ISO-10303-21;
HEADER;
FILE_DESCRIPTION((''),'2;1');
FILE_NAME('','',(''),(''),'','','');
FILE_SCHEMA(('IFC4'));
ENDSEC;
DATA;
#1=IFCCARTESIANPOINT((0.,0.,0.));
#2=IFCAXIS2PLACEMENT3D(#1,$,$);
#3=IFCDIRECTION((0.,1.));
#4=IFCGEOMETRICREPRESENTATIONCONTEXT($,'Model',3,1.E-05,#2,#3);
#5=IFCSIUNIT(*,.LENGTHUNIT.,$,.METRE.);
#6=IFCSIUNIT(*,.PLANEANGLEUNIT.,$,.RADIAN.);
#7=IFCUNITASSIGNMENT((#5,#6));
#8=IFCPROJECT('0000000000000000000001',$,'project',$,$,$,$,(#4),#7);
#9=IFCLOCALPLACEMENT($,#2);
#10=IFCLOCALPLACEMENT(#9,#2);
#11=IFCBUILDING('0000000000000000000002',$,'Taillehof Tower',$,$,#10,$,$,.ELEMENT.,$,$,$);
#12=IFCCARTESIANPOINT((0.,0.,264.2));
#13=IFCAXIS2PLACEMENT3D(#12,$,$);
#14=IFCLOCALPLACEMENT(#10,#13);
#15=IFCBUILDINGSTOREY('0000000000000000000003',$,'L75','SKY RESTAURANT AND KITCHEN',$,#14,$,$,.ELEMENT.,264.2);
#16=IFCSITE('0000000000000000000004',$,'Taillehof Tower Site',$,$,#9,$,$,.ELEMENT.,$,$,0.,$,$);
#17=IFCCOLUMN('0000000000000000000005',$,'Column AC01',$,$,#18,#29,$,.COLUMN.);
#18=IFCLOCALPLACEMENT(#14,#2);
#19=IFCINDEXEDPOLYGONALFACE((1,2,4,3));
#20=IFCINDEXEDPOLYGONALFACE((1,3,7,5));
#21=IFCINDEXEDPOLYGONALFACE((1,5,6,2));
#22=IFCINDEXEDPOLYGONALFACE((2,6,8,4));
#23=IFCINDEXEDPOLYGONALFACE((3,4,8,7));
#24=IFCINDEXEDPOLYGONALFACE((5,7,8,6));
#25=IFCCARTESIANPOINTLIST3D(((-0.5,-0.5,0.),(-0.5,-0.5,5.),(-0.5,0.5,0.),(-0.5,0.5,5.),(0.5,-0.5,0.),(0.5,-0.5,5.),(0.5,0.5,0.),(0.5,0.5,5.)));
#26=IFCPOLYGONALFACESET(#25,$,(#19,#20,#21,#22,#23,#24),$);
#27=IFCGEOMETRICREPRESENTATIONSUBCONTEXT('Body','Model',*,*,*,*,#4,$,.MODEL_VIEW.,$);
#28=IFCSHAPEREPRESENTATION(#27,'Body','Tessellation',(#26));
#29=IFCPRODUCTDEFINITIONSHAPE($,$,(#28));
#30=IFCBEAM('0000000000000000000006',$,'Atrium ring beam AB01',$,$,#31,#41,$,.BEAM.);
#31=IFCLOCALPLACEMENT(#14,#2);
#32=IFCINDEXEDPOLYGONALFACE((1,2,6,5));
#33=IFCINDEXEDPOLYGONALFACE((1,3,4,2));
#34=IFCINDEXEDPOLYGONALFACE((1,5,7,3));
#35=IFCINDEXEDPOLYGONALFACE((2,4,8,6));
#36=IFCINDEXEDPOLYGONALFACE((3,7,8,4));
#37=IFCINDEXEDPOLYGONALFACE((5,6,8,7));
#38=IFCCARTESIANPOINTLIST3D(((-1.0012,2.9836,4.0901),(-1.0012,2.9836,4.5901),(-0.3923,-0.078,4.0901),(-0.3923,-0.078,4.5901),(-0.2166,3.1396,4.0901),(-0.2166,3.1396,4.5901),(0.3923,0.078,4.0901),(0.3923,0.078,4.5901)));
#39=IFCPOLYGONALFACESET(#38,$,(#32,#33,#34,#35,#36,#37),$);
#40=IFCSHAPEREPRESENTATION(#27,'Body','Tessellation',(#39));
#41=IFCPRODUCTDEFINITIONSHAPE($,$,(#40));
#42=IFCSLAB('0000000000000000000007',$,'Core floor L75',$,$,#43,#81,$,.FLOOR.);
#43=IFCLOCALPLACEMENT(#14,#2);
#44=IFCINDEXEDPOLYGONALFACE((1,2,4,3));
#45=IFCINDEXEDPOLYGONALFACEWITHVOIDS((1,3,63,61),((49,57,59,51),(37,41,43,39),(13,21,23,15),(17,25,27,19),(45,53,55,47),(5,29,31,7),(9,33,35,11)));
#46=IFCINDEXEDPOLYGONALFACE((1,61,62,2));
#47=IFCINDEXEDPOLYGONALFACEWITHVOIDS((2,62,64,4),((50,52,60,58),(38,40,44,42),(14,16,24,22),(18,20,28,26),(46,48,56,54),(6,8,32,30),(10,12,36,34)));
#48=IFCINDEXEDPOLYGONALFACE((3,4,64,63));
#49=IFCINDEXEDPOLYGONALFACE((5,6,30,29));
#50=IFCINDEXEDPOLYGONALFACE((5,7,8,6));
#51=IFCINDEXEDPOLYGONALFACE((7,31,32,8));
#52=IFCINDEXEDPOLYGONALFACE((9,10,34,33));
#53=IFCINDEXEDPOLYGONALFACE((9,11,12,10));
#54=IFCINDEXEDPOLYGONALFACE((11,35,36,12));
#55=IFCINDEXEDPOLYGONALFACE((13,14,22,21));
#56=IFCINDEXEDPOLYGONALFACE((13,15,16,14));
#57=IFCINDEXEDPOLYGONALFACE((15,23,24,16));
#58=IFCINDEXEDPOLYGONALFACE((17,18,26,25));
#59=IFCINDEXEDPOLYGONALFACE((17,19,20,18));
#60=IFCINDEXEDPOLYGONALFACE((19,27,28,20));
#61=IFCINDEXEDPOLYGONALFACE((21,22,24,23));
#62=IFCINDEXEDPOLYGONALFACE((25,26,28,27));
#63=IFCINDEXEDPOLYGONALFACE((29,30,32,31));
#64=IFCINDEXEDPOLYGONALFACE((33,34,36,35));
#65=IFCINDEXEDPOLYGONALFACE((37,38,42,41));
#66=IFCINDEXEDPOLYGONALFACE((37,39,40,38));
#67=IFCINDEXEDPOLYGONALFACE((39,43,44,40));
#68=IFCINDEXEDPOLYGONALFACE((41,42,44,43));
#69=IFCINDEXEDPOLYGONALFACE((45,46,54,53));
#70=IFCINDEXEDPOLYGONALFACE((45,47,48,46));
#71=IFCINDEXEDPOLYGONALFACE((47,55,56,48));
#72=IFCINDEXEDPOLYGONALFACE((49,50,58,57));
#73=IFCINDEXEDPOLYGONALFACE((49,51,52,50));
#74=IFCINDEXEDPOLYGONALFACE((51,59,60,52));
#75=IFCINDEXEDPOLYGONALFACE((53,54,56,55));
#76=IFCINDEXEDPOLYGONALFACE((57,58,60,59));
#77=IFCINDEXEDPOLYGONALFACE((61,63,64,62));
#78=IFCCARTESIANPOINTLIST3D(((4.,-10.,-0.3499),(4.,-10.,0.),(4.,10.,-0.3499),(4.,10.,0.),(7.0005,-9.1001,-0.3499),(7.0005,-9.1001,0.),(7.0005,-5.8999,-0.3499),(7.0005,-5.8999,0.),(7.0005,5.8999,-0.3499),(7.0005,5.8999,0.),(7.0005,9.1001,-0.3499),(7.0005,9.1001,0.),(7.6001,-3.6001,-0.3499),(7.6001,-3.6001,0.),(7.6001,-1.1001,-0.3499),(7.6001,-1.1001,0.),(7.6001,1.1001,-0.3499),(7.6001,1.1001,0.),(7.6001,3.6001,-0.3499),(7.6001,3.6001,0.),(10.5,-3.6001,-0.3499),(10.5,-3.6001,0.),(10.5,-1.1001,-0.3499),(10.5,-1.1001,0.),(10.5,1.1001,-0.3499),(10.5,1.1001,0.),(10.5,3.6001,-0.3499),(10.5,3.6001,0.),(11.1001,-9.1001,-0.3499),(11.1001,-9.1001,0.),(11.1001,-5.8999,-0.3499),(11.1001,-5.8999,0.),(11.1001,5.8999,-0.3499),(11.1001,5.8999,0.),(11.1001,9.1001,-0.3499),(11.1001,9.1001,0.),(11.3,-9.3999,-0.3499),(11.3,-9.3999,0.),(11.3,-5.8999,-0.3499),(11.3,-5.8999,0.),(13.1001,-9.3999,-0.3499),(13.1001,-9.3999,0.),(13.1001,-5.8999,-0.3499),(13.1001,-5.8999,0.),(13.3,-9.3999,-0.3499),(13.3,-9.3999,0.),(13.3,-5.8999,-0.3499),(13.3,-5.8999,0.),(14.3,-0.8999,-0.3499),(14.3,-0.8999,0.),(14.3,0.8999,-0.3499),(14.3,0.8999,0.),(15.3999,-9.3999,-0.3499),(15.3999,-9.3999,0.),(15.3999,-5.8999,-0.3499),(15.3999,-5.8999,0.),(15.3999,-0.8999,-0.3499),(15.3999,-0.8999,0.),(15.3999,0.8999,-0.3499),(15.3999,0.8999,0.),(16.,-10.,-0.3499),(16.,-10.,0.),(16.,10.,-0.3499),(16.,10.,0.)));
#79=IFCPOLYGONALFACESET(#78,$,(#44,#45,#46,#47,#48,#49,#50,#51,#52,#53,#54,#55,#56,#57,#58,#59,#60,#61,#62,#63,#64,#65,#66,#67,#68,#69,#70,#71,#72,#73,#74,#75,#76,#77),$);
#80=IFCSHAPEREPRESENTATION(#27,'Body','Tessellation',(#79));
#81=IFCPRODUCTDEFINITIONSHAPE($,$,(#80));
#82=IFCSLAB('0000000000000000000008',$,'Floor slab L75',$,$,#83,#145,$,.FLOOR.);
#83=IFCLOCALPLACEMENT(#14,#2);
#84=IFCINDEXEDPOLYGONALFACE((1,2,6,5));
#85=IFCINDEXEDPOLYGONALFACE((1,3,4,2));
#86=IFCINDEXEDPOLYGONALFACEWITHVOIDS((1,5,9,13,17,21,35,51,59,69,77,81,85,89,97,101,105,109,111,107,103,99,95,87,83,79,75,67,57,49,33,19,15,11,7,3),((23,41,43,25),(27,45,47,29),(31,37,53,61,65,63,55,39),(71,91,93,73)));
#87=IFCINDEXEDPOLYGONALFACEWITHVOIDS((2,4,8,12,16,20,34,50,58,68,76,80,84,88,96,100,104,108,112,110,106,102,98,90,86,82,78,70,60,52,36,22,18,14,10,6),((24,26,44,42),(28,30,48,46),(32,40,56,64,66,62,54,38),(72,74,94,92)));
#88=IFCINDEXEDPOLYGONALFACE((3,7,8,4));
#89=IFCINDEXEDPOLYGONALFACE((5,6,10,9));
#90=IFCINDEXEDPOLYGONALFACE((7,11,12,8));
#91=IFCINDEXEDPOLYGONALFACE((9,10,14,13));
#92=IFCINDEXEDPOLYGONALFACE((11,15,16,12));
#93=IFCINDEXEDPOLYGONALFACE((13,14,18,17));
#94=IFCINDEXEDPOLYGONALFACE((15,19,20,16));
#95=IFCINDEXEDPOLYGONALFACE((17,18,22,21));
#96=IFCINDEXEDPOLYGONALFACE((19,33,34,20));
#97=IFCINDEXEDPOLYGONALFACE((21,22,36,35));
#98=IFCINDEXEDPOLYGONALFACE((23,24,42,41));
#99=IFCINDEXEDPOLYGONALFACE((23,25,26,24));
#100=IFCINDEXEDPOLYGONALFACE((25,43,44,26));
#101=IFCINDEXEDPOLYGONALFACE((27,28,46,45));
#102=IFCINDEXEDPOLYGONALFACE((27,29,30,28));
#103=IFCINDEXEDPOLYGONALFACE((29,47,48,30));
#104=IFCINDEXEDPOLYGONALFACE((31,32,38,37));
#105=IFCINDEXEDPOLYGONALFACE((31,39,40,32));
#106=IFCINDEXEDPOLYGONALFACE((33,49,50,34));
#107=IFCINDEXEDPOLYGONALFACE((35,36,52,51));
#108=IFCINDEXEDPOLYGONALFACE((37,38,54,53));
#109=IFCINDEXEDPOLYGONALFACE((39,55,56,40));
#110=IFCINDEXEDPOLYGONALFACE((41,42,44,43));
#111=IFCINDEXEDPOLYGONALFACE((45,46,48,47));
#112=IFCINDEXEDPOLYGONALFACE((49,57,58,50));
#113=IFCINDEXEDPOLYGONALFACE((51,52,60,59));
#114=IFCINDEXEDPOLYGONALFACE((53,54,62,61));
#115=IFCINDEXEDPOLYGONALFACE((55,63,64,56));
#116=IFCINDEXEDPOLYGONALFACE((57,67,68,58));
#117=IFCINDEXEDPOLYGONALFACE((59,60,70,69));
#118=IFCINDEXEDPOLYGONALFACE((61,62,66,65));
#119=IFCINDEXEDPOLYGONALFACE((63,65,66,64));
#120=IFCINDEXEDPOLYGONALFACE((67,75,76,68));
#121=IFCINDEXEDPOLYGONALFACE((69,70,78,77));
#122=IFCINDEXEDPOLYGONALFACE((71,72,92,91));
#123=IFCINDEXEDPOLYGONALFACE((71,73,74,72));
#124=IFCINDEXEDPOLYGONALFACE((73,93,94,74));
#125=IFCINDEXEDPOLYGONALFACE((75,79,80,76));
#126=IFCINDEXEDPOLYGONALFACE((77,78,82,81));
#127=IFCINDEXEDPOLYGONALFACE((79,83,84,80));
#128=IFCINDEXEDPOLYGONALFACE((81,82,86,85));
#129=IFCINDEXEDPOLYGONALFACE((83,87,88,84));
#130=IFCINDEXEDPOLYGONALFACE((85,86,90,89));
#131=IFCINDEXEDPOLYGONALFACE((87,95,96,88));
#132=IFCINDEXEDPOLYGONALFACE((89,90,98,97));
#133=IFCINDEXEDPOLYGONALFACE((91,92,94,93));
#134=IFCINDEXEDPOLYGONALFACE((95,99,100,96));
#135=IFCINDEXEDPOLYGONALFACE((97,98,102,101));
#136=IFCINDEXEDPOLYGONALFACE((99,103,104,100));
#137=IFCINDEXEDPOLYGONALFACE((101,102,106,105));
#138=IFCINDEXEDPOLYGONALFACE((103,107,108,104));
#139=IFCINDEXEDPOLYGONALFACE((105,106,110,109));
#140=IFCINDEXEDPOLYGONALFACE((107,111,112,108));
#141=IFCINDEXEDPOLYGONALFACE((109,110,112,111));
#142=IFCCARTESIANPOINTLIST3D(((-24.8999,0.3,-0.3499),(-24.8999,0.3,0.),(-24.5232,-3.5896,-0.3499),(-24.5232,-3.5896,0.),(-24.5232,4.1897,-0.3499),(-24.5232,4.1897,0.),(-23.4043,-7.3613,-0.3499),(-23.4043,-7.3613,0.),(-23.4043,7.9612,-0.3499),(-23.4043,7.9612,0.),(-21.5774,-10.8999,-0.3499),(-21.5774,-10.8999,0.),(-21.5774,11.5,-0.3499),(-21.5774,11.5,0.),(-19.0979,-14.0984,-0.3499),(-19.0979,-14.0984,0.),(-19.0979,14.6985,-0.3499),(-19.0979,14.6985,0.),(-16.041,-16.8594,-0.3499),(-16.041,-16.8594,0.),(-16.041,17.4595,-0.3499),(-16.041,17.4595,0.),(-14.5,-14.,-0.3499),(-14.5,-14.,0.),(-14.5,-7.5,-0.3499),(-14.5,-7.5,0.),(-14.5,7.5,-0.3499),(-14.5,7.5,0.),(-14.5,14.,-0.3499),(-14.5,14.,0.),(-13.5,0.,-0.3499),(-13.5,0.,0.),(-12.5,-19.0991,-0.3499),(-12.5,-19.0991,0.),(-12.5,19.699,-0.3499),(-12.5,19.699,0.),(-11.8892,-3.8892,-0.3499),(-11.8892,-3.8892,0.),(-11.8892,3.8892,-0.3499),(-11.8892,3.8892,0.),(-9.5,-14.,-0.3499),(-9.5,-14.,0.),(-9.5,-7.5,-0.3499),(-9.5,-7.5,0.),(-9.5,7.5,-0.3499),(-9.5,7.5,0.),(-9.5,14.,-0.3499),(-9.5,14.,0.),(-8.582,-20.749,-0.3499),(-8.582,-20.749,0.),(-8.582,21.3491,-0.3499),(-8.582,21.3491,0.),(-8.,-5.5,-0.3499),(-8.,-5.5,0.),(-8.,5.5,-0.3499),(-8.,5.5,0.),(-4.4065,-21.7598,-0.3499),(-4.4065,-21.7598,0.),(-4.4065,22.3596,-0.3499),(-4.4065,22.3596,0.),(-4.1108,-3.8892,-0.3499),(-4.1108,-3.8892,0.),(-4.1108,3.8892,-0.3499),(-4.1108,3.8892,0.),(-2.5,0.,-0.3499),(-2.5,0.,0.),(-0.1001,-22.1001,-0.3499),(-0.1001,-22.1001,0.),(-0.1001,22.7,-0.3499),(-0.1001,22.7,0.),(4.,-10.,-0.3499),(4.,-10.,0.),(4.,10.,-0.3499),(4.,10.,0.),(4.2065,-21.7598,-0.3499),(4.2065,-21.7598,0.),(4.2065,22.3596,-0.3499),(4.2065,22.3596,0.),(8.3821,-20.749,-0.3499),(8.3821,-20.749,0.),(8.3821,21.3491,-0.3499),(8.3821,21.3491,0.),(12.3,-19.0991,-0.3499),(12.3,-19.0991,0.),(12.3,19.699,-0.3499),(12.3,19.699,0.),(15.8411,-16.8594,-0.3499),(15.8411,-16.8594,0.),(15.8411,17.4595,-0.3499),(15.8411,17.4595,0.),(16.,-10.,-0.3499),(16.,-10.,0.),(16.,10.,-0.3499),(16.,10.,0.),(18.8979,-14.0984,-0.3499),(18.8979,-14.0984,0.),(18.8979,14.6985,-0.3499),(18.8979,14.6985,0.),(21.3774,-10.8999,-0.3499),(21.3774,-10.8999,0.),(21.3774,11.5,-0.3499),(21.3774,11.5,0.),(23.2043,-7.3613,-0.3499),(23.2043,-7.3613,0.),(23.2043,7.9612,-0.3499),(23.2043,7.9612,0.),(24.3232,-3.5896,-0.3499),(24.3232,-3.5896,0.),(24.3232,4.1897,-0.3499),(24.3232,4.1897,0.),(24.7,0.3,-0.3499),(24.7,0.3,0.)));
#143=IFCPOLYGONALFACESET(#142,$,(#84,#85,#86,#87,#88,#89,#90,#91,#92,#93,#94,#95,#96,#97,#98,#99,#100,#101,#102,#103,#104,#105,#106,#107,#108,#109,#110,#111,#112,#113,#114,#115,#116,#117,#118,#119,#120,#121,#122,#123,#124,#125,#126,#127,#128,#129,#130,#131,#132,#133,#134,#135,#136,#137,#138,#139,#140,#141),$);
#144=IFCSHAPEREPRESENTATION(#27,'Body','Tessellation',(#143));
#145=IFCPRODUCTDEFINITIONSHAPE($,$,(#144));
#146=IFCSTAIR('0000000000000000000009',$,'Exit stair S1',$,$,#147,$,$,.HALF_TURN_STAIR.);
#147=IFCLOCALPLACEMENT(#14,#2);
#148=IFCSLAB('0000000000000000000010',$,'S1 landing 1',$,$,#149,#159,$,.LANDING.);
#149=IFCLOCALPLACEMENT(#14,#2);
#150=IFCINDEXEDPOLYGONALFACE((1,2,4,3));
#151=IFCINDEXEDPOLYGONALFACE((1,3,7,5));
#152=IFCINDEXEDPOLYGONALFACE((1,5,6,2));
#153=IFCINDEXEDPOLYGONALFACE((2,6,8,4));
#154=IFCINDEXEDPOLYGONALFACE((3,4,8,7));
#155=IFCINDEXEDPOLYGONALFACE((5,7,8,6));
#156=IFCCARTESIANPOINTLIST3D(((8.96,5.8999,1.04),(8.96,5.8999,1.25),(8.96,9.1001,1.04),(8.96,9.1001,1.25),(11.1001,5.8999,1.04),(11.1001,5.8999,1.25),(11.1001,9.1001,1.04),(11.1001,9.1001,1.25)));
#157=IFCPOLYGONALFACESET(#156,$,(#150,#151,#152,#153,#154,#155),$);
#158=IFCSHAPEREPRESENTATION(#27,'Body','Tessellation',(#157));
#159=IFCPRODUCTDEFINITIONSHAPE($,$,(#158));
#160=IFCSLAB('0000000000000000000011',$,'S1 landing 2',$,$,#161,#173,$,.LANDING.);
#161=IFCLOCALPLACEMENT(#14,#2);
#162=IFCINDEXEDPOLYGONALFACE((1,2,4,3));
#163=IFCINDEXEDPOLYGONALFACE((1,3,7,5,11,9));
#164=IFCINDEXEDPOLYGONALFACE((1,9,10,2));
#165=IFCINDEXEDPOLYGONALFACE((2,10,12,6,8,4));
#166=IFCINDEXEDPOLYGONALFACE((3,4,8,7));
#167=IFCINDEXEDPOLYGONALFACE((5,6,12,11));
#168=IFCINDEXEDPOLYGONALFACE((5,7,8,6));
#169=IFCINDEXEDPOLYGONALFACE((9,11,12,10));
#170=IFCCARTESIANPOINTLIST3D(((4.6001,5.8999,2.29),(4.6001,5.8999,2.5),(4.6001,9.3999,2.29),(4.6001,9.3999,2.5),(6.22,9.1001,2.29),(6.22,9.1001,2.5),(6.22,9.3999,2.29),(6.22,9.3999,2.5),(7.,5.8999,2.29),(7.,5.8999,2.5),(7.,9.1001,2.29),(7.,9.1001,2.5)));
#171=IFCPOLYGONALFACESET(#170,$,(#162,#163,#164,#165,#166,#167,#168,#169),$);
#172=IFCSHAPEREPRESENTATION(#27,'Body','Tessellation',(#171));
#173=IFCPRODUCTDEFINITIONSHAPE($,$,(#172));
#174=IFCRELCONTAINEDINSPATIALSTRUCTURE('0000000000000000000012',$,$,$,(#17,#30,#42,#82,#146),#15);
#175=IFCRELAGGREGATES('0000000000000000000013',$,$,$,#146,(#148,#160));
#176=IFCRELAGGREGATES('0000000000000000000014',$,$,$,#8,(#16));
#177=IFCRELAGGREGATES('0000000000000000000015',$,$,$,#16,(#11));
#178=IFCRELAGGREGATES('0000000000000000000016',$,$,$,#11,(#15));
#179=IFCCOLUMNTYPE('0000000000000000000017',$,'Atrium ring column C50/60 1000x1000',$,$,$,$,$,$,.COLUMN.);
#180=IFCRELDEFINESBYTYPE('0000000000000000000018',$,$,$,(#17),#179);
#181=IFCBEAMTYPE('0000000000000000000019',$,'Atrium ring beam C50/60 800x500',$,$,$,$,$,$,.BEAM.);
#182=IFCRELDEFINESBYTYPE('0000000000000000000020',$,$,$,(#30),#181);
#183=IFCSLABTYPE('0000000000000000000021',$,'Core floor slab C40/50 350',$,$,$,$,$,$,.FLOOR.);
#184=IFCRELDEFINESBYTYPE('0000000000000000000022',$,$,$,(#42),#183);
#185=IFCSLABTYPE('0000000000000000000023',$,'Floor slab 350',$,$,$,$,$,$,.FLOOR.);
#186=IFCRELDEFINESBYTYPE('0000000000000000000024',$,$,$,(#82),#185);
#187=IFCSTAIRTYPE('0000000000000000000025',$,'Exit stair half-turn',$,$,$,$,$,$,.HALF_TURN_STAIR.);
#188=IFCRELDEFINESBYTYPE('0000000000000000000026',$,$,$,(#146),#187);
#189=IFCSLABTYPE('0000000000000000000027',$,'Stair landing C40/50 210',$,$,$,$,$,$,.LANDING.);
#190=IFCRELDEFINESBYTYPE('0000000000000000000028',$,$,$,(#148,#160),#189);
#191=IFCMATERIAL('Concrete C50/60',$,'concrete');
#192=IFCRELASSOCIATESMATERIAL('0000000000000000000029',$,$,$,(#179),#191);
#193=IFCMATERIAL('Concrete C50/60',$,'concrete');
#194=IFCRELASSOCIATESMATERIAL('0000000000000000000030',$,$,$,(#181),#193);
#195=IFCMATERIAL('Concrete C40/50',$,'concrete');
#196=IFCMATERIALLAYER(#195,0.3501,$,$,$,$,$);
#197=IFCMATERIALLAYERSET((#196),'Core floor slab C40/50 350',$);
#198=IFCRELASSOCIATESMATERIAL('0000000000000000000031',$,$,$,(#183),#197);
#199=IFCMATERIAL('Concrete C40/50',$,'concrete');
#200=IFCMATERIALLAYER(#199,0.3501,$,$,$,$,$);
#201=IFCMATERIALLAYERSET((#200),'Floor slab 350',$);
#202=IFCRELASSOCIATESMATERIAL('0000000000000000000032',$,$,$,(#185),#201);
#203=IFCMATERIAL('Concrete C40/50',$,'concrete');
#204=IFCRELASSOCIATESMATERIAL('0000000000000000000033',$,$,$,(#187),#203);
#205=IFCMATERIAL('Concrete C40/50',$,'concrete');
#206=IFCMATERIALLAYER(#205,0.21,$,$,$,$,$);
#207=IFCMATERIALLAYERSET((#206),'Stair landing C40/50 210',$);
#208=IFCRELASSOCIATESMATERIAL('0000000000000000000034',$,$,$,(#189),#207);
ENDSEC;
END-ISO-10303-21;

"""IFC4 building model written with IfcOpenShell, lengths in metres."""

from ifc_helpers import new_model, si_unit, direction, frame, origin, origin_with_axes, origin_2d, place, context, subcontext, project, spatial, polyline, rectangle, outline, extrude, material, layer, layer_set, material_profile, profile_set, type_object, element, aggregate, save


model = new_model("IFC4")

# Units and contexts
model_context = context("Model", 3, precision=1e-05, world=origin(), true_north=direction((0.0, 1.0)))
body_context = subcontext(model_context, "Body", "Model", "MODEL_VIEW")
ifc_project = project(units=[si_unit("LENGTHUNIT", "METRE"), si_unit("PLANEANGLEUNIT", "RADIAN")], contexts=[model_context])

# Site, building, storey
site_placement = place(None, origin())
site = spatial("IfcSite", under=ifc_project, at=site_placement, Name="Taillehof Tower Site", CompositionType="ELEMENT", RefElevation=0.0)
building_placement = place(site_placement, origin())
building = spatial("IfcBuilding", under=site, at=building_placement, Name="Taillehof Tower", CompositionType="ELEMENT")
storey_placement = place(building_placement, frame((0.0, 0.0, 264.2)))
storey = spatial("IfcBuildingStorey", under=building, at=storey_placement, Name="L75", Description="SKY RESTAURANT AND KITCHEN", CompositionType="ELEMENT", Elevation=264.2)

# Column
ifc_material_1 = material(Name="Concrete C50/60", Category="concrete")
ifc_material_profile_1 = material_profile(ifc_material_1, rectangle(XDim=1.0, YDim=1.0, at=origin_2d()), Name="RC 1000x1000")
ifc_profile_set_1 = profile_set([ifc_material_profile_1], Name="Concrete C50/60")
column_type = type_object("IfcColumnType", Name="Atrium ring column C50/60 1000x1000", PredefinedType="COLUMN", material=ifc_profile_set_1)
column_placement = place(storey_placement, origin_with_axes())
element("IfcColumn", 1, at=column_placement, inside=storey, type_object=column_type, Name="Column AC01", PredefinedType="COLUMN", context=body_context, shape_type="SweptSolid", body=[
    extrude(rectangle(XDim=1.0, YDim=1.0, at=origin_2d()), origin(), (0.0, 0.0, 1.0), 5.0),
])

# Beam
ifc_material_2 = material(Name="Concrete C50/60", Category="concrete")
ifc_material_profile_2 = material_profile(ifc_material_2, rectangle(XDim=0.8, YDim=0.5, at=origin_2d()), Name="RC 800x500")
ifc_profile_set_2 = profile_set([ifc_material_profile_2], Name="Concrete C50/60")
beam_type = type_object("IfcBeamType", Name="Atrium ring beam C50/60 800x500", PredefinedType="BEAM", material=ifc_profile_set_2)
beam_placement = place(storey_placement, frame((0.0, 0.0, 4.3401), z_axis=(-0.195063, 0.980791, 0.0), x_axis=(-0.980791, -0.195063, 0.0)))
element("IfcBeam", 2, at=beam_placement, inside=storey, type_object=beam_type, Name="Atrium ring beam AB01", PredefinedType="BEAM", context=body_context, shape_type="SweptSolid", body=[
    extrude(rectangle(XDim=0.8, YDim=0.5, at=origin_2d()), origin(), (0.0, 0.0, 1.0), 3.1216),
])

# Slabs
ifc_material_3 = material(Name="Concrete C40/50", Category="concrete")
ifc_layer_1 = layer(ifc_material_3, 0.3501)
ifc_layer_set_1 = layer_set([ifc_layer_1], Name="Core floor slab C40/50 350")
slab_type_1 = type_object("IfcSlabType", Name="Core floor slab C40/50 350", PredefinedType="FLOOR", material=ifc_layer_set_1)
slab_1_placement = place(storey_placement, frame((0.0, 0.0, -0.3499)))
element("IfcSlab", 3, at=slab_1_placement, inside=storey, type_object=slab_type_1, Name="Core floor L75", PredefinedType="FLOOR", context=body_context, shape_type="SweptSolid", body=[
    extrude(outline(polyline([(4.0, -10.0), (4.0, 10.0), (16.0, 10.0), (16.0, -10.0), (4.0, -10.0)]), holes=[polyline([(11.3, -5.8999), (11.3, -9.3999), (13.1001, -9.3999), (13.1001, -5.8999), (11.3, -5.8999)]), polyline([(15.3999, -5.8999), (13.3, -5.8999), (13.3, -9.3999), (15.3999, -9.3999), (15.3999, -5.8999)]), polyline([(11.1001, -9.1001), (11.1001, -5.8999), (7.0005, -5.8999), (7.0005, -9.1001), (11.1001, -9.1001)]), polyline([(10.5, -1.1001), (7.6001, -1.1001), (7.6001, -3.6001), (10.5, -3.6001), (10.5, -1.1001)]), polyline([(15.3999, 0.8999), (14.3, 0.8999), (14.3, -0.8999), (15.3999, -0.8999), (15.3999, 0.8999)]), polyline([(10.5, 3.6001), (7.6001, 3.6001), (7.6001, 1.1001), (10.5, 1.1001), (10.5, 3.6001)]), polyline([(11.1001, 9.1001), (7.0005, 9.1001), (7.0005, 5.8999), (11.1001, 5.8999), (11.1001, 9.1001)])]), origin(), (0.0, 0.0, 1.0), 0.3499),
])
ifc_material_4 = material(Name="Concrete C40/50", Category="concrete")
ifc_layer_2 = layer(ifc_material_4, 0.3501)
ifc_layer_set_2 = layer_set([ifc_layer_2], Name="Floor slab 350")
slab_type_2 = type_object("IfcSlabType", Name="Floor slab 350", PredefinedType="FLOOR", material=ifc_layer_set_2)
slab_2_placement = place(storey_placement, frame((0.0, 0.0, -0.3499)))
element("IfcSlab", 4, at=slab_2_placement, inside=storey, type_object=slab_type_2, Name="Floor slab L75", PredefinedType="FLOOR", context=body_context, shape_type="SweptSolid", body=[
    extrude(outline(polyline([(24.7, 0.3), (24.3232, 4.1897), (23.2043, 7.9612), (21.3774, 11.5), (18.8979, 14.6985), (15.8411, 17.4595), (12.3, 19.699), (8.3821, 21.3491), (4.2065, 22.3596), (-0.1001, 22.7), (-4.4065, 22.3596), (-8.582, 21.3491), (-12.5, 19.699), (-16.041, 17.4595), (-19.0979, 14.6985), (-21.5774, 11.5), (-23.4043, 7.9612), (-24.5232, 4.1897), (-24.8999, 0.3), (-24.5232, -3.5896), (-23.4043, -7.3613), (-21.5774, -10.8999), (-19.0979, -14.0984), (-16.041, -16.8594), (-12.5, -19.0991), (-8.582, -20.749), (-4.4065, -21.7598), (-0.1001, -22.1001), (4.2065, -21.7598), (8.3821, -20.749), (12.3, -19.0991), (15.8411, -16.8594), (18.8979, -14.0984), (21.3774, -10.8999), (23.2043, -7.3613), (24.3232, -3.5896), (24.7, 0.3)]), holes=[polyline([(-14.5, -7.5), (-9.5, -7.5), (-9.5, -14.0), (-14.5, -14.0), (-14.5, -7.5)]), polyline([(-8.0, -5.5), (-11.8892, -3.8892), (-13.5, 0.0), (-11.8892, 3.8892), (-8.0, 5.5), (-4.1108, 3.8892), (-2.5, 0.0), (-4.1108, -3.8892), (-8.0, -5.5)]), polyline([(16.0, 10.0), (16.0, -10.0), (4.0, -10.0), (4.0, 10.0), (16.0, 10.0)]), polyline([(-14.5, 14.0), (-9.5, 14.0), (-9.5, 7.5), (-14.5, 7.5), (-14.5, 14.0)])]), origin(), (0.0, 0.0, 1.0), 0.3499),
])

# Stair, slabs
ifc_material_5 = material(Name="Concrete C40/50", Category="concrete")
stair_type = type_object("IfcStairType", Name="Exit stair half-turn", PredefinedType="HALF_TURN_STAIR", material=ifc_material_5)
stair_1_placement = place(storey_placement, origin())
stair_1 = element("IfcStair", 5, at=stair_1_placement, inside=storey, type_object=stair_type, Name="Exit stair S1", PredefinedType="HALF_TURN_STAIR")
ifc_material_6 = material(Name="Concrete C40/50", Category="concrete")
ifc_layer_3 = layer(ifc_material_6, 0.21)
ifc_layer_set_3 = layer_set([ifc_layer_3], Name="Stair landing C40/50 210")
slab_type_3 = type_object("IfcSlabType", Name="Stair landing C40/50 210", PredefinedType="LANDING", material=ifc_layer_set_3)
slab_3_placement = place(storey_placement, frame((0.0, 0.0, 1.04)))
slab_3 = element("IfcSlab", 6, at=slab_3_placement, type_object=slab_type_3, Name="S1 landing 1", PredefinedType="LANDING", context=body_context, shape_type="SweptSolid", body=[
    extrude(outline(polyline([(8.96, 5.8999), (11.1001, 5.8999), (11.1001, 9.1001), (8.96, 9.1001), (8.96, 5.8999)])), origin(), (0.0, 0.0, 1.0), 0.21),
])
slab_4_placement = place(storey_placement, frame((0.0, 0.0, 2.29)))
slab_4 = element("IfcSlab", 7, at=slab_4_placement, type_object=slab_type_3, Name="S1 landing 2", PredefinedType="LANDING", context=body_context, shape_type="SweptSolid", body=[
    extrude(outline(polyline([(4.6001, 5.8999), (7.0, 5.8999), (7.0, 9.1001), (6.22, 9.1001), (6.22, 9.3999), (4.6001, 9.3999), (4.6001, 5.8999)])), origin(), (0.0, 0.0, 1.0), 0.21),
])
aggregate(stair_1, [slab_3, slab_4])

save(model, "model.ifc")
